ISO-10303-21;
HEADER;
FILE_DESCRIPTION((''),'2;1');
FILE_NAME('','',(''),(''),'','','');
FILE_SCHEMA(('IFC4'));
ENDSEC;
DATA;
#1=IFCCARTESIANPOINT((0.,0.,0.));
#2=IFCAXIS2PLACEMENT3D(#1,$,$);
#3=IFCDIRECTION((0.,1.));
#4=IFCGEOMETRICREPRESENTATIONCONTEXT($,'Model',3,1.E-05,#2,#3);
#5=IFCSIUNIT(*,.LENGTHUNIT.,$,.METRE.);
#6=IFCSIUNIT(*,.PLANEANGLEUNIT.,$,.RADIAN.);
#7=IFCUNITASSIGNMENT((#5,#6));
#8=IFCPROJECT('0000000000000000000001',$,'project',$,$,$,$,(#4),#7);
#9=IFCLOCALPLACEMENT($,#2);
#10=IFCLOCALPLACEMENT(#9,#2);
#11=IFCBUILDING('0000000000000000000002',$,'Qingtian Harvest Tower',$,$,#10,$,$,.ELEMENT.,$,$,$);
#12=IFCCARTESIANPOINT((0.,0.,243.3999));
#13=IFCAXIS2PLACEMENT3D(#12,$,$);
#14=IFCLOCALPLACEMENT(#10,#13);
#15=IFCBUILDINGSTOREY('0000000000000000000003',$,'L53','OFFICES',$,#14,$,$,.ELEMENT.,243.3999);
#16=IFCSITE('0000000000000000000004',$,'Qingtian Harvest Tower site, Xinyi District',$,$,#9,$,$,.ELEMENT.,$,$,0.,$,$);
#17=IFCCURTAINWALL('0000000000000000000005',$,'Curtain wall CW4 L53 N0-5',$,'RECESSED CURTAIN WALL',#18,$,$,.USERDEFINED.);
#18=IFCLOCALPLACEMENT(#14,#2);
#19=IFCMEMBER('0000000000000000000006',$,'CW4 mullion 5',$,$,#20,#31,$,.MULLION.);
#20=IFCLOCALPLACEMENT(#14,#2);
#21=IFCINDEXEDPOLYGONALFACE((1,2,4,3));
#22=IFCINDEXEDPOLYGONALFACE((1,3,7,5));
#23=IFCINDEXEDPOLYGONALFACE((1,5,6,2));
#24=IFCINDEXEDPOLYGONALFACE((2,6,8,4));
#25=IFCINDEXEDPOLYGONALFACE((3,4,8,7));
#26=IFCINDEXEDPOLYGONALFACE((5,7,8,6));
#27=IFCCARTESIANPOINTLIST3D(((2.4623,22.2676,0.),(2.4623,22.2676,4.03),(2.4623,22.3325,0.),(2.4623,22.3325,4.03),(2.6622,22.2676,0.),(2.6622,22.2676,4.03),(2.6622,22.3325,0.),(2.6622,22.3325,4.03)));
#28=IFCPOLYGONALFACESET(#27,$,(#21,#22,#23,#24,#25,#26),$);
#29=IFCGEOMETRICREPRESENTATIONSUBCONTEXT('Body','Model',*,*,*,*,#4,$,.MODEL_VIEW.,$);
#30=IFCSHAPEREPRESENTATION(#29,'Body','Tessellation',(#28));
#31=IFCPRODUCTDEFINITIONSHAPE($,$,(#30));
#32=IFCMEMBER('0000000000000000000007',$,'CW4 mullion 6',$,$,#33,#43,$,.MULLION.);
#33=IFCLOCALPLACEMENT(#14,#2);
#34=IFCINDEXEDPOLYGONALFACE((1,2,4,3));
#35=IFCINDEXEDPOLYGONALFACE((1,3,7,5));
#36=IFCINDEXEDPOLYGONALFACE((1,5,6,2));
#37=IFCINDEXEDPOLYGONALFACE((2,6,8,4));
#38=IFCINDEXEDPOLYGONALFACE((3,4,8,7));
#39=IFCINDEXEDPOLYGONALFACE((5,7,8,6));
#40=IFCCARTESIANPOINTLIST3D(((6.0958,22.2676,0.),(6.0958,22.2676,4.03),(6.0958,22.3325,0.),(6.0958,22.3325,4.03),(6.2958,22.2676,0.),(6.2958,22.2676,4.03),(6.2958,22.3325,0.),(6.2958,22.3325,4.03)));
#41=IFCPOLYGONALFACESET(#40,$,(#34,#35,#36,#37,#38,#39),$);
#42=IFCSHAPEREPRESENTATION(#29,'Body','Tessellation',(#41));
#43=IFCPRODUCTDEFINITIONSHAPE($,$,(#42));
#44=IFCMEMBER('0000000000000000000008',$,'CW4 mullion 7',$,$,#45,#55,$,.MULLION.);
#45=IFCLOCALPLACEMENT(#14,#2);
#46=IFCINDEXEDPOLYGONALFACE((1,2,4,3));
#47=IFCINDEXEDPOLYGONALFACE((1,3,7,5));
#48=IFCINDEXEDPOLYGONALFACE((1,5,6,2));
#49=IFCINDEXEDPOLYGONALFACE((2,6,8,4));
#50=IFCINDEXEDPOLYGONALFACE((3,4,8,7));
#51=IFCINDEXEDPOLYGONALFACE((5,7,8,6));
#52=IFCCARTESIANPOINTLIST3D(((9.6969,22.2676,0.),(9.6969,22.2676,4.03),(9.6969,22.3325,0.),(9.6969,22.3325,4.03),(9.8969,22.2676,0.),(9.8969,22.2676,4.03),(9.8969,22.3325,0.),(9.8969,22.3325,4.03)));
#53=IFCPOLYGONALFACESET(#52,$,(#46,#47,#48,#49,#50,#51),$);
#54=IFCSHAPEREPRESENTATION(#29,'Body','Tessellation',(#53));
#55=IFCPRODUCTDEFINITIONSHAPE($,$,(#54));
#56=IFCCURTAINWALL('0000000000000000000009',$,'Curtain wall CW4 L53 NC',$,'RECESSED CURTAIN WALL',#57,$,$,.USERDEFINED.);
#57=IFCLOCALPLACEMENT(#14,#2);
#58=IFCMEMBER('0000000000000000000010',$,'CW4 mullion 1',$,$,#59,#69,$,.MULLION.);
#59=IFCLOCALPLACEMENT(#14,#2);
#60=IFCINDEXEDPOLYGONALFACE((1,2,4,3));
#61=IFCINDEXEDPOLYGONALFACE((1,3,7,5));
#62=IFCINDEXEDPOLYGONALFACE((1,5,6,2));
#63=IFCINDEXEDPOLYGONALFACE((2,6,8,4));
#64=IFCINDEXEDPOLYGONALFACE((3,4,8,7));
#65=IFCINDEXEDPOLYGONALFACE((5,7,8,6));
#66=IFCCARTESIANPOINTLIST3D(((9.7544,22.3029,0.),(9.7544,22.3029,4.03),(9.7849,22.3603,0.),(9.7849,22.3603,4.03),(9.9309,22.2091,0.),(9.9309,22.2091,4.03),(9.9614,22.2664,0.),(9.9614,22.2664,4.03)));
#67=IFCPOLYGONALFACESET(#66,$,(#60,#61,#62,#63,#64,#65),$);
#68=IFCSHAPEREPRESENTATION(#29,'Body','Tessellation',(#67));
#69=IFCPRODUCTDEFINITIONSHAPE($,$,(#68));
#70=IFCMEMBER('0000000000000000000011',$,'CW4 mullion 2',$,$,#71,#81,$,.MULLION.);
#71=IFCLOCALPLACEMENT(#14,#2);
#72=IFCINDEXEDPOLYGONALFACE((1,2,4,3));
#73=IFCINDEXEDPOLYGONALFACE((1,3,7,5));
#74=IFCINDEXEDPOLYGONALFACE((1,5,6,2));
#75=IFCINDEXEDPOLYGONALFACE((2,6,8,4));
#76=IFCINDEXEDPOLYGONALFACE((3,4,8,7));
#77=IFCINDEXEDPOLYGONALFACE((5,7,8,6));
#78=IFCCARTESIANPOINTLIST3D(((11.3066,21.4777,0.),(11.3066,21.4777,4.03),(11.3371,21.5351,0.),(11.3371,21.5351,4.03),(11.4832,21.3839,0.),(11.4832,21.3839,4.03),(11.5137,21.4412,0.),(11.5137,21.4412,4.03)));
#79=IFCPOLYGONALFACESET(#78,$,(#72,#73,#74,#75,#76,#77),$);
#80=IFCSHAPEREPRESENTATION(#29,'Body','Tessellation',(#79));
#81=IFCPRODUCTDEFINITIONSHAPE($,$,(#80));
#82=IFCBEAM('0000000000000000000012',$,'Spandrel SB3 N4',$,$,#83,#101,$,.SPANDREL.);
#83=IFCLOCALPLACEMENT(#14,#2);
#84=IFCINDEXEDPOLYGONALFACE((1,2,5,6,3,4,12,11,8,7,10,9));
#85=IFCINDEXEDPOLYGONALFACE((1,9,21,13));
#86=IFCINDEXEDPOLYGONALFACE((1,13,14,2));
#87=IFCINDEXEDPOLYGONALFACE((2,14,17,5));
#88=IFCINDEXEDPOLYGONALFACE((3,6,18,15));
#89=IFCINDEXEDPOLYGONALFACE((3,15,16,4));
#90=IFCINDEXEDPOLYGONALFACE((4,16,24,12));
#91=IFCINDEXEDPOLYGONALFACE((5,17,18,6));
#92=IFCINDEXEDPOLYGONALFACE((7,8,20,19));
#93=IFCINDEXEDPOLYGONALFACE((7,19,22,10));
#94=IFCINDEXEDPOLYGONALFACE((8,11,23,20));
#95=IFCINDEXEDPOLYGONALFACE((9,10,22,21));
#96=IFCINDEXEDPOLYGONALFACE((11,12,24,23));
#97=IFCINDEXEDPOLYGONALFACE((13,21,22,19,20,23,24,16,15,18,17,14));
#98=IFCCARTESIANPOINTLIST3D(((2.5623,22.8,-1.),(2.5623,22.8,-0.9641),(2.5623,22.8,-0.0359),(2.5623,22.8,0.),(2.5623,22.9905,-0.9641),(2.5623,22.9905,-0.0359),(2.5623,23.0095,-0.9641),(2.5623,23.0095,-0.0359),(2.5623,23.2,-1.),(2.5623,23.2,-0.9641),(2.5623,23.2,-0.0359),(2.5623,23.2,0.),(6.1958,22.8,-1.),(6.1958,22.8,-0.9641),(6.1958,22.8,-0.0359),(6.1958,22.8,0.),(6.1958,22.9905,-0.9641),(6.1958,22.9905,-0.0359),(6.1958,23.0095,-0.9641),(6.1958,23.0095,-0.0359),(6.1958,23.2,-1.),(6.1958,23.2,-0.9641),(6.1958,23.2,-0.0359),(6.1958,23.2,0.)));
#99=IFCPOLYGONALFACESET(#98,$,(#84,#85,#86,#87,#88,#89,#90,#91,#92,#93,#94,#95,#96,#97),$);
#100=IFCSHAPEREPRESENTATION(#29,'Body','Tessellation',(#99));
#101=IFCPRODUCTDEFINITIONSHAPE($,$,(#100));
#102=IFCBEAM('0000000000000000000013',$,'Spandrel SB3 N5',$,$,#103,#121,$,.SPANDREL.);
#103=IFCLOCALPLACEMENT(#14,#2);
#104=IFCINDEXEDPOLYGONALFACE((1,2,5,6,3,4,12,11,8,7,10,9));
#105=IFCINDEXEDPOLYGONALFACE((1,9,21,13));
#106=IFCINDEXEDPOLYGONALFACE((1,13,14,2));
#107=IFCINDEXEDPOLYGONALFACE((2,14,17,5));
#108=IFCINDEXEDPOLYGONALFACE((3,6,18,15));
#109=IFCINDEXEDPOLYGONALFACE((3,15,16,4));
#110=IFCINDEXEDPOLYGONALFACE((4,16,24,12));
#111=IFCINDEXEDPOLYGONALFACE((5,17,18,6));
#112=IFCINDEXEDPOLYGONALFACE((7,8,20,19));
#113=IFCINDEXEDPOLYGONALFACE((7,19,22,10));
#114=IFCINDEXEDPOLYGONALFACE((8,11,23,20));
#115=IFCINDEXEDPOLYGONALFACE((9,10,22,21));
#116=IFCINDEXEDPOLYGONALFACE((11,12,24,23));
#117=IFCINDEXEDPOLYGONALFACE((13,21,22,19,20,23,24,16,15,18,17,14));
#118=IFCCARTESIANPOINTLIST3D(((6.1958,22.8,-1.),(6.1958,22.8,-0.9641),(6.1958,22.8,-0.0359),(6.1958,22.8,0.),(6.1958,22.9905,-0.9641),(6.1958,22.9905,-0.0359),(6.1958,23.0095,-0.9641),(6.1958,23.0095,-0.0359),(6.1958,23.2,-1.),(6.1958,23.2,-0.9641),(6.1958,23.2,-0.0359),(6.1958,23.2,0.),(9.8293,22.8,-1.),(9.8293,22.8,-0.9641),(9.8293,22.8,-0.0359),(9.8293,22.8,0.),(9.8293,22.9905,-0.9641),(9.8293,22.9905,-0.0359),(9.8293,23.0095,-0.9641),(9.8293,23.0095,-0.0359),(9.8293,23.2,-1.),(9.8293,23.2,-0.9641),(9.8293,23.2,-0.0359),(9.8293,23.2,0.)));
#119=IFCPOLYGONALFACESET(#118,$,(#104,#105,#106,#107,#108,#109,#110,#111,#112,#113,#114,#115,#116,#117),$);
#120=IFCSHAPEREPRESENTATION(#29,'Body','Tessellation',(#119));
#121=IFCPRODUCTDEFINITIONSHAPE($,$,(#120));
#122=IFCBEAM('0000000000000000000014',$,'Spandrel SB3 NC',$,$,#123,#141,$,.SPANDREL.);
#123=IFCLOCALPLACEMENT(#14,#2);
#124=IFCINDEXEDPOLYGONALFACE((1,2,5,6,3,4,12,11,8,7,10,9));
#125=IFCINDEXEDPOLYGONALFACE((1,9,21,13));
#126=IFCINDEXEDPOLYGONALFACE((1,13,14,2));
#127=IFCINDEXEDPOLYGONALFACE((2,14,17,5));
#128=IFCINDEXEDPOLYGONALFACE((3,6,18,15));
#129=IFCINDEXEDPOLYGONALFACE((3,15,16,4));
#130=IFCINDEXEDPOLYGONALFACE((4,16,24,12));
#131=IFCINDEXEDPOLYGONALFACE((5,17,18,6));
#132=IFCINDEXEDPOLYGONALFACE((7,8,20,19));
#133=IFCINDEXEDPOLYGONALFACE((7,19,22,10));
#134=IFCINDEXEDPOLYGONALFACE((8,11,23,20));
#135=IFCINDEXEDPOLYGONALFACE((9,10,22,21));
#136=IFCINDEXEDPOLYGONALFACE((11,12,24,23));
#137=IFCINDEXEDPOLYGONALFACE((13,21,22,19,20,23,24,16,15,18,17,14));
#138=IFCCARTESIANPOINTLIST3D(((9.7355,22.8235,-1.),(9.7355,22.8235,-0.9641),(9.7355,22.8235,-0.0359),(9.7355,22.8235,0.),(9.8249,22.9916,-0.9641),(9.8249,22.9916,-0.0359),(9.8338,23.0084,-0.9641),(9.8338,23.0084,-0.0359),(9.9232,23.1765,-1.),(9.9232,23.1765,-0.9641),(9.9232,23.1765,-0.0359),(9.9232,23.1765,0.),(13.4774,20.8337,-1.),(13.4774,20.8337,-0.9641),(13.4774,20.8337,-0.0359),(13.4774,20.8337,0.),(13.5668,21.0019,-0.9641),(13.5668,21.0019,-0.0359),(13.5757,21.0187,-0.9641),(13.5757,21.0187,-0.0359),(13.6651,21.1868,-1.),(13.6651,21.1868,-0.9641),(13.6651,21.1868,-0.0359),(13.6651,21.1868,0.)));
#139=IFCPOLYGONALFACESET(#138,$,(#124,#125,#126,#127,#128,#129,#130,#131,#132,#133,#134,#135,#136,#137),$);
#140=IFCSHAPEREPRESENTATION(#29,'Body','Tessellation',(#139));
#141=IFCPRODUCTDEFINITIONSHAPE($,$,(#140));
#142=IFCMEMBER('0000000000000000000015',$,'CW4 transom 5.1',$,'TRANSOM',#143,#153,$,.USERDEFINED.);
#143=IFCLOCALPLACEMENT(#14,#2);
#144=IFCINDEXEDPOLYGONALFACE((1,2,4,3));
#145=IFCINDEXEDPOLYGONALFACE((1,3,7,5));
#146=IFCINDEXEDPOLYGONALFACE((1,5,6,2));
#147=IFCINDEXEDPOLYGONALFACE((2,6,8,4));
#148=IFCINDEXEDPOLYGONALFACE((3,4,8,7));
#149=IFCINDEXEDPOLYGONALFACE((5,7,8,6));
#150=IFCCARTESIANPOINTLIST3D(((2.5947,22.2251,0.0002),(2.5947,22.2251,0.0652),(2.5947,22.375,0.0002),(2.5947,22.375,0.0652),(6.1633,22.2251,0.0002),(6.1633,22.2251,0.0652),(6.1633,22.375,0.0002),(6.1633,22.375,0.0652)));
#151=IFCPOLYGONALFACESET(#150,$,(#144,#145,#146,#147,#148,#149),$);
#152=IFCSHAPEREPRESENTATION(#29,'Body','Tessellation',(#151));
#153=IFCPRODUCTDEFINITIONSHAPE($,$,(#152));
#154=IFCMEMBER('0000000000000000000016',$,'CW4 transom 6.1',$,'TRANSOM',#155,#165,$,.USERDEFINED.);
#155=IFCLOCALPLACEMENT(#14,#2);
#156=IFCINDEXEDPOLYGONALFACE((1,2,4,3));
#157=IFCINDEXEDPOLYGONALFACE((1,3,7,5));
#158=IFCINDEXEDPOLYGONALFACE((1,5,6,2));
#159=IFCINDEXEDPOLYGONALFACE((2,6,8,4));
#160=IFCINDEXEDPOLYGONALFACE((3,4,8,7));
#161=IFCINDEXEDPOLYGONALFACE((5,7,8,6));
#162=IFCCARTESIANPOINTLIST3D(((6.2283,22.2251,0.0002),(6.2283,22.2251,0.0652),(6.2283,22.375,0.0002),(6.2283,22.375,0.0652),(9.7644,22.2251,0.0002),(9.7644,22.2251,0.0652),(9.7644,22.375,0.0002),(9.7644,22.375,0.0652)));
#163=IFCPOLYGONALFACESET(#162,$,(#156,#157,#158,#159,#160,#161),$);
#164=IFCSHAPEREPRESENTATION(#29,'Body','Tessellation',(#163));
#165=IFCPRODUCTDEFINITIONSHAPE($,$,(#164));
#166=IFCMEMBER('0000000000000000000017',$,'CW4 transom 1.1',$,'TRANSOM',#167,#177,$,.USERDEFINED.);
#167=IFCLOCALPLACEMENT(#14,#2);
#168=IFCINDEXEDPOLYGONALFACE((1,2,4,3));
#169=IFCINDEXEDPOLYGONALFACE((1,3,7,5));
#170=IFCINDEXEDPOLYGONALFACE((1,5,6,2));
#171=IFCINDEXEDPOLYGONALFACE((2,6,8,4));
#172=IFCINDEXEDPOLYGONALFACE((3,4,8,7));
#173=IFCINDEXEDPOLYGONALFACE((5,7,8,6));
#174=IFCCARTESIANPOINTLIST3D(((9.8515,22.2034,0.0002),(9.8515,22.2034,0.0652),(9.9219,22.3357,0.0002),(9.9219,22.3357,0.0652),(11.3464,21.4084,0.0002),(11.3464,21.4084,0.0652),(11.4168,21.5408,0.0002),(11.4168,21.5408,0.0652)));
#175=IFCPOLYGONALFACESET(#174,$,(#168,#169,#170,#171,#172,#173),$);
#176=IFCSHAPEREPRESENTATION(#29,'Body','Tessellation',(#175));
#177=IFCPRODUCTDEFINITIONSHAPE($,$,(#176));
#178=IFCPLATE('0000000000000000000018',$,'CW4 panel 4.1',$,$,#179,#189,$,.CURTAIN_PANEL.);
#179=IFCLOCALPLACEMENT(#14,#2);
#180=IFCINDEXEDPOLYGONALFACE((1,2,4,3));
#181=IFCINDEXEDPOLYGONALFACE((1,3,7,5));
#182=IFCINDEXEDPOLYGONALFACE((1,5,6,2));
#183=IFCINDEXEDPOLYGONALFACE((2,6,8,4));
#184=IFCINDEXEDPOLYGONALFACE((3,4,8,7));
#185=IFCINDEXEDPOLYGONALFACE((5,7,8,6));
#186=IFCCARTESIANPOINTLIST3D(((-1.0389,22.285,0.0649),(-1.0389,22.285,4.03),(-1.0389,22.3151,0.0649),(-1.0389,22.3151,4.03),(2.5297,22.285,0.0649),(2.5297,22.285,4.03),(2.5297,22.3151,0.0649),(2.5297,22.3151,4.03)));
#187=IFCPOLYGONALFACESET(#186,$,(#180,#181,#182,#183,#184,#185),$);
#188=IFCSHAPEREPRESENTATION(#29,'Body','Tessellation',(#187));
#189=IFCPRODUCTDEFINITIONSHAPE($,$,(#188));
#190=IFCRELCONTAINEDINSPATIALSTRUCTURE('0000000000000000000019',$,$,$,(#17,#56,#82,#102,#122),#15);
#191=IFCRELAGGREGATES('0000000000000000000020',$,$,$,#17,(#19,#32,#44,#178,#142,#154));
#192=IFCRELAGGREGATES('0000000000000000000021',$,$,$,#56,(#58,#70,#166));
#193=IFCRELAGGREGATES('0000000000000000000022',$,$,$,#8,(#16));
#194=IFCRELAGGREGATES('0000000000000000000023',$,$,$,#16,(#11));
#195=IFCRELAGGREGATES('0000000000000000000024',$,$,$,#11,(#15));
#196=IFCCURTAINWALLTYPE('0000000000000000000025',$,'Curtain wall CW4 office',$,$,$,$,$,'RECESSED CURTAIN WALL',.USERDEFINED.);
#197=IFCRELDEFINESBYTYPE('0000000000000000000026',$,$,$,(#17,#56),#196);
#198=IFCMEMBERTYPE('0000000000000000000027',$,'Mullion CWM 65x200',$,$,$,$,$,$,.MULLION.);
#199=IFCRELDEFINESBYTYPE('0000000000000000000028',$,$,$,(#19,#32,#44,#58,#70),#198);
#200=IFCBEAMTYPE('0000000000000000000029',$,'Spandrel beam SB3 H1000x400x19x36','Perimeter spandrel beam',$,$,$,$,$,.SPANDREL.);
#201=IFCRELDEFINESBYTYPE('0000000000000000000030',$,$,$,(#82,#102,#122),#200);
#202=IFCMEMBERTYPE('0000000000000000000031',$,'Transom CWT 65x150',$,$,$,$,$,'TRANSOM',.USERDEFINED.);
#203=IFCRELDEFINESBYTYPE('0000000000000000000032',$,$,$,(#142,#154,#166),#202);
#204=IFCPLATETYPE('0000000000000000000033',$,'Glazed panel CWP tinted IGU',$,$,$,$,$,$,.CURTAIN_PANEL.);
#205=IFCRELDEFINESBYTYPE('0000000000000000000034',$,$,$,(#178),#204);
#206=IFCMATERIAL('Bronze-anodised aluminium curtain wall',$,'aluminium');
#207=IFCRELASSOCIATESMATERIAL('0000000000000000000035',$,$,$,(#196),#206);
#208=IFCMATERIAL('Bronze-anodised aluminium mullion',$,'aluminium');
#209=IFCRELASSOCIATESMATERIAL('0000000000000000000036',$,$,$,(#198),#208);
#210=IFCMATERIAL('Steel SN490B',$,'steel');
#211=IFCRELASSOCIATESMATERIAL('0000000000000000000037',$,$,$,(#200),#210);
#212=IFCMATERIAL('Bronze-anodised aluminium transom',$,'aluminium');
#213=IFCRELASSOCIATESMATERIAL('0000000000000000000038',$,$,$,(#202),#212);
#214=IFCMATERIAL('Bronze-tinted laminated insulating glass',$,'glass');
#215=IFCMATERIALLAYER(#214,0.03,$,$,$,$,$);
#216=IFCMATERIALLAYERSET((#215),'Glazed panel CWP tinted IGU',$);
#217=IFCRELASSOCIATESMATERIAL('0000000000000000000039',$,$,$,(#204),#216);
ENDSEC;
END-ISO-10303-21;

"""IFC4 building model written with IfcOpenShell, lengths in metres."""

from ifc_helpers import new_model, si_unit, direction, frame, origin, origin_2d, place, context, subcontext, project, spatial, rectangle, i_section, extrude, material, layer, layer_set, material_profile, profile_set, type_object, element, aggregate, save


model = new_model("IFC4")

# Units and contexts
model_context = context("Model", 3, precision=1e-05, world=origin(), true_north=direction((0.0, 1.0)))
body_context = subcontext(model_context, "Body", "Model", "MODEL_VIEW")
ifc_project = project(units=[si_unit("LENGTHUNIT", "METRE"), si_unit("PLANEANGLEUNIT", "RADIAN")], contexts=[model_context])

# Site, building, storey
site_placement = place(None, origin())
site = spatial("IfcSite", under=ifc_project, at=site_placement, Name="Qingtian Harvest Tower site, Xinyi District", CompositionType="ELEMENT", RefElevation=0.0)
building_placement = place(site_placement, origin())
building = spatial("IfcBuilding", under=site, at=building_placement, Name="Qingtian Harvest Tower", CompositionType="ELEMENT")
storey_placement = place(building_placement, frame((0.0, 0.0, 243.3999)))
storey = spatial("IfcBuildingStorey", under=building, at=storey_placement, Name="L53", Description="OFFICES", CompositionType="ELEMENT", Elevation=243.3999)

# Curtain walls, members
ifc_material_1 = material(Name="Bronze-anodised aluminium curtain wall", Category="aluminium")
curtain_wall_type = type_object("IfcCurtainWallType", Name="Curtain wall CW4 office", ElementType="RECESSED CURTAIN WALL", PredefinedType="USERDEFINED", material=ifc_material_1)
curtain_wall_1_placement = place(storey_placement, origin())
curtain_wall_1 = element("IfcCurtainWall", 1, at=curtain_wall_1_placement, inside=storey, type_object=curtain_wall_type, Name="Curtain wall CW4 L53 N0-5", ObjectType="RECESSED CURTAIN WALL", PredefinedType="USERDEFINED")
ifc_material_2 = material(Name="Bronze-anodised aluminium mullion", Category="aluminium")
ifc_material_profile_1 = material_profile(ifc_material_2, rectangle(XDim=0.0649, YDim=0.2, at=origin_2d()), Name="AL 65x200")
ifc_profile_set_1 = profile_set([ifc_material_profile_1], Name="Bronze-anodised aluminium mullion")
member_type_1 = type_object("IfcMemberType", Name="Mullion CWM 65x200", PredefinedType="MULLION", material=ifc_profile_set_1)
member_1_placement = place(storey_placement, frame((2.5623, 22.3, 0.0), z_axis=(0.0, 0.0, 1.0), x_axis=(0.0, 1.0, 0.0)))
member_1 = element("IfcMember", 2, at=member_1_placement, type_object=member_type_1, Name="CW4 mullion 5", PredefinedType="MULLION", context=body_context, shape_type="SweptSolid", body=[
    extrude(rectangle(XDim=0.0649, YDim=0.2, at=origin_2d()), origin(), (0.0, 0.0, 1.0), 4.03),
])
member_2_placement = place(storey_placement, frame((6.1958, 22.3, 0.0), z_axis=(0.0, 0.0, 1.0), x_axis=(0.0, 1.0, 0.0)))
member_2 = element("IfcMember", 3, at=member_2_placement, type_object=member_type_1, Name="CW4 mullion 6", PredefinedType="MULLION", context=body_context, shape_type="SweptSolid", body=[
    extrude(rectangle(XDim=0.0649, YDim=0.2, at=origin_2d()), origin(), (0.0, 0.0, 1.0), 4.03),
])
member_3_placement = place(storey_placement, frame((9.7969, 22.3, 0.0), z_axis=(0.0, 0.0, 1.0), x_axis=(0.0, 1.0, 0.0)))
member_3 = element("IfcMember", 4, at=member_3_placement, type_object=member_type_1, Name="CW4 mullion 7", PredefinedType="MULLION", context=body_context, shape_type="SweptSolid", body=[
    extrude(rectangle(XDim=0.0649, YDim=0.2, at=origin_2d()), origin(), (0.0, 0.0, 1.0), 4.03),
])
curtain_wall_2_placement = place(storey_placement, origin())
curtain_wall_2 = element("IfcCurtainWall", 5, at=curtain_wall_2_placement, inside=storey, type_object=curtain_wall_type, Name="Curtain wall CW4 L53 NC", ObjectType="RECESSED CURTAIN WALL", PredefinedType="USERDEFINED")
member_4_placement = place(storey_placement, frame((9.8579, 22.2847, 0.0), z_axis=(0.0, 0.0, 1.0), x_axis=(0.469472, 0.882948, 0.0)))
member_4 = element("IfcMember", 6, at=member_4_placement, type_object=member_type_1, Name="CW4 mullion 1", PredefinedType="MULLION", context=body_context, shape_type="SweptSolid", body=[
    extrude(rectangle(XDim=0.0649, YDim=0.2, at=origin_2d()), origin(), (0.0, 0.0, 1.0), 4.03),
])
member_5_placement = place(storey_placement, frame((11.4102, 21.4595, 0.0), z_axis=(0.0, 0.0, 1.0), x_axis=(0.469472, 0.882948, 0.0)))
member_5 = element("IfcMember", 7, at=member_5_placement, type_object=member_type_1, Name="CW4 mullion 2", PredefinedType="MULLION", context=body_context, shape_type="SweptSolid", body=[
    extrude(rectangle(XDim=0.0649, YDim=0.2, at=origin_2d()), origin(), (0.0, 0.0, 1.0), 4.03),
])

# Beams
ifc_material_3 = material(Name="Steel SN490B", Category="steel")
ifc_material_profile_2 = material_profile(ifc_material_3, i_section(OverallWidth=0.3999, OverallDepth=1.0, WebThickness=0.019, FlangeThickness=0.0359, at=origin_2d()), Name="H1000x400x19x36")
ifc_profile_set_2 = profile_set([ifc_material_profile_2], Name="Steel SN490B")
beam_type_1 = type_object("IfcBeamType", Name="Spandrel beam SB3 H1000x400x19x36", Description="Perimeter spandrel beam", PredefinedType="SPANDREL", material=ifc_profile_set_2)
for number, where, z_axis, x_axis, name in (
    (8, (2.5623, 23.0, -0.5), (1.0, 0.0, 0.0), (0.0, 1.0, 0.0), "Spandrel SB3 N4"),
    (9, (6.1958, 23.0, -0.5), (1.0, 0.0, 0.0), (0.0, 1.0, 0.0), "Spandrel SB3 N5"),
):
    element("IfcBeam", number, at=place(storey_placement, frame(where, z_axis=z_axis, x_axis=x_axis)), inside=storey, type_object=beam_type_1, Name=name, PredefinedType="SPANDREL", context=body_context, shape_type="SweptSolid", body=[
        extrude(i_section(OverallWidth=0.3999, OverallDepth=1.0, WebThickness=0.019, FlangeThickness=0.0359, at=origin_2d()), origin(), (0.0, 0.0, 1.0), 3.6335),
    ])
beam_1_placement = place(storey_placement, frame((9.8293, 23.0, -0.5), z_axis=(0.882936, -0.469494, 0.0), x_axis=(0.469494, 0.882936, 0.0)))
element("IfcBeam", 10, at=beam_1_placement, inside=storey, type_object=beam_type_1, Name="Spandrel SB3 NC", PredefinedType="SPANDREL", context=body_context, shape_type="SweptSolid", body=[
    extrude(i_section(OverallWidth=0.3999, OverallDepth=1.0, WebThickness=0.019, FlangeThickness=0.0359, at=origin_2d()), origin(), (0.0, 0.0, 1.0), 4.238),
])

# Members
ifc_material_4 = material(Name="Bronze-anodised aluminium transom", Category="aluminium")
ifc_material_profile_3 = material_profile(ifc_material_4, rectangle(XDim=0.1499, YDim=0.0649, at=origin_2d()), Name="AL 65x150")
ifc_profile_set_3 = profile_set([ifc_material_profile_3], Name="Bronze-anodised aluminium transom")
member_type_2 = type_object("IfcMemberType", Name="Transom CWT 65x150", ElementType="TRANSOM", PredefinedType="USERDEFINED", material=ifc_profile_set_3)
member_6_placement = place(storey_placement, frame((2.5947, 22.3, 0.0327), z_axis=(1.0, 0.0, 0.0), x_axis=(0.0, 1.0, 0.0)))
member_6 = element("IfcMember", 11, at=member_6_placement, type_object=member_type_2, Name="CW4 transom 5.1", ObjectType="TRANSOM", PredefinedType="USERDEFINED", context=body_context, shape_type="SweptSolid", body=[
    extrude(rectangle(XDim=0.1499, YDim=0.0649, at=origin_2d()), origin(), (0.0, 0.0, 1.0), 3.5686),
])
member_7_placement = place(storey_placement, frame((6.2283, 22.3, 0.0327), z_axis=(1.0, 0.0, 0.0), x_axis=(0.0, 1.0, 0.0)))
member_7 = element("IfcMember", 12, at=member_7_placement, type_object=member_type_2, Name="CW4 transom 6.1", ObjectType="TRANSOM", PredefinedType="USERDEFINED", context=body_context, shape_type="SweptSolid", body=[
    extrude(rectangle(XDim=0.1499, YDim=0.0649, at=origin_2d()), origin(), (0.0, 0.0, 1.0), 3.5361),
])
member_8_placement = place(storey_placement, frame((9.8867, 22.2695, 0.0327), z_axis=(0.882927, -0.46951, 0.0), x_axis=(0.46951, 0.882927, 0.0)))
member_8 = element("IfcMember", 13, at=member_8_placement, type_object=member_type_2, Name="CW4 transom 1.1", ObjectType="TRANSOM", PredefinedType="USERDEFINED", context=body_context, shape_type="SweptSolid", body=[
    extrude(rectangle(XDim=0.1499, YDim=0.0649, at=origin_2d()), origin(), (0.0, 0.0, 1.0), 1.6931),
])

# Plate
ifc_material_5 = material(Name="Bronze-tinted laminated insulating glass", Category="glass")
ifc_layer_1 = layer(ifc_material_5, 0.03)
ifc_layer_set_1 = layer_set([ifc_layer_1], Name="Glazed panel CWP tinted IGU")
plate_type = type_object("IfcPlateType", Name="Glazed panel CWP tinted IGU", PredefinedType="CURTAIN_PANEL", material=ifc_layer_set_1)
plate_1_placement = place(storey_placement, frame((0.7454, 22.3, 0.0649), z_axis=(0.0, 0.0, 1.0), x_axis=(1.0, 0.0, 0.0)))
plate_1 = element("IfcPlate", 14, at=plate_1_placement, type_object=plate_type, Name="CW4 panel 4.1", PredefinedType="CURTAIN_PANEL", context=body_context, shape_type="SweptSolid", body=[
    extrude(rectangle(XDim=3.5686, YDim=0.03, at=origin_2d()), origin(), (0.0, 0.0, 1.0), 3.9651),
])
aggregate(curtain_wall_1, [member_1, member_2, member_3, plate_1, member_6, member_7])
aggregate(curtain_wall_2, [member_4, member_5, member_8])

save(model, "model.ifc")
